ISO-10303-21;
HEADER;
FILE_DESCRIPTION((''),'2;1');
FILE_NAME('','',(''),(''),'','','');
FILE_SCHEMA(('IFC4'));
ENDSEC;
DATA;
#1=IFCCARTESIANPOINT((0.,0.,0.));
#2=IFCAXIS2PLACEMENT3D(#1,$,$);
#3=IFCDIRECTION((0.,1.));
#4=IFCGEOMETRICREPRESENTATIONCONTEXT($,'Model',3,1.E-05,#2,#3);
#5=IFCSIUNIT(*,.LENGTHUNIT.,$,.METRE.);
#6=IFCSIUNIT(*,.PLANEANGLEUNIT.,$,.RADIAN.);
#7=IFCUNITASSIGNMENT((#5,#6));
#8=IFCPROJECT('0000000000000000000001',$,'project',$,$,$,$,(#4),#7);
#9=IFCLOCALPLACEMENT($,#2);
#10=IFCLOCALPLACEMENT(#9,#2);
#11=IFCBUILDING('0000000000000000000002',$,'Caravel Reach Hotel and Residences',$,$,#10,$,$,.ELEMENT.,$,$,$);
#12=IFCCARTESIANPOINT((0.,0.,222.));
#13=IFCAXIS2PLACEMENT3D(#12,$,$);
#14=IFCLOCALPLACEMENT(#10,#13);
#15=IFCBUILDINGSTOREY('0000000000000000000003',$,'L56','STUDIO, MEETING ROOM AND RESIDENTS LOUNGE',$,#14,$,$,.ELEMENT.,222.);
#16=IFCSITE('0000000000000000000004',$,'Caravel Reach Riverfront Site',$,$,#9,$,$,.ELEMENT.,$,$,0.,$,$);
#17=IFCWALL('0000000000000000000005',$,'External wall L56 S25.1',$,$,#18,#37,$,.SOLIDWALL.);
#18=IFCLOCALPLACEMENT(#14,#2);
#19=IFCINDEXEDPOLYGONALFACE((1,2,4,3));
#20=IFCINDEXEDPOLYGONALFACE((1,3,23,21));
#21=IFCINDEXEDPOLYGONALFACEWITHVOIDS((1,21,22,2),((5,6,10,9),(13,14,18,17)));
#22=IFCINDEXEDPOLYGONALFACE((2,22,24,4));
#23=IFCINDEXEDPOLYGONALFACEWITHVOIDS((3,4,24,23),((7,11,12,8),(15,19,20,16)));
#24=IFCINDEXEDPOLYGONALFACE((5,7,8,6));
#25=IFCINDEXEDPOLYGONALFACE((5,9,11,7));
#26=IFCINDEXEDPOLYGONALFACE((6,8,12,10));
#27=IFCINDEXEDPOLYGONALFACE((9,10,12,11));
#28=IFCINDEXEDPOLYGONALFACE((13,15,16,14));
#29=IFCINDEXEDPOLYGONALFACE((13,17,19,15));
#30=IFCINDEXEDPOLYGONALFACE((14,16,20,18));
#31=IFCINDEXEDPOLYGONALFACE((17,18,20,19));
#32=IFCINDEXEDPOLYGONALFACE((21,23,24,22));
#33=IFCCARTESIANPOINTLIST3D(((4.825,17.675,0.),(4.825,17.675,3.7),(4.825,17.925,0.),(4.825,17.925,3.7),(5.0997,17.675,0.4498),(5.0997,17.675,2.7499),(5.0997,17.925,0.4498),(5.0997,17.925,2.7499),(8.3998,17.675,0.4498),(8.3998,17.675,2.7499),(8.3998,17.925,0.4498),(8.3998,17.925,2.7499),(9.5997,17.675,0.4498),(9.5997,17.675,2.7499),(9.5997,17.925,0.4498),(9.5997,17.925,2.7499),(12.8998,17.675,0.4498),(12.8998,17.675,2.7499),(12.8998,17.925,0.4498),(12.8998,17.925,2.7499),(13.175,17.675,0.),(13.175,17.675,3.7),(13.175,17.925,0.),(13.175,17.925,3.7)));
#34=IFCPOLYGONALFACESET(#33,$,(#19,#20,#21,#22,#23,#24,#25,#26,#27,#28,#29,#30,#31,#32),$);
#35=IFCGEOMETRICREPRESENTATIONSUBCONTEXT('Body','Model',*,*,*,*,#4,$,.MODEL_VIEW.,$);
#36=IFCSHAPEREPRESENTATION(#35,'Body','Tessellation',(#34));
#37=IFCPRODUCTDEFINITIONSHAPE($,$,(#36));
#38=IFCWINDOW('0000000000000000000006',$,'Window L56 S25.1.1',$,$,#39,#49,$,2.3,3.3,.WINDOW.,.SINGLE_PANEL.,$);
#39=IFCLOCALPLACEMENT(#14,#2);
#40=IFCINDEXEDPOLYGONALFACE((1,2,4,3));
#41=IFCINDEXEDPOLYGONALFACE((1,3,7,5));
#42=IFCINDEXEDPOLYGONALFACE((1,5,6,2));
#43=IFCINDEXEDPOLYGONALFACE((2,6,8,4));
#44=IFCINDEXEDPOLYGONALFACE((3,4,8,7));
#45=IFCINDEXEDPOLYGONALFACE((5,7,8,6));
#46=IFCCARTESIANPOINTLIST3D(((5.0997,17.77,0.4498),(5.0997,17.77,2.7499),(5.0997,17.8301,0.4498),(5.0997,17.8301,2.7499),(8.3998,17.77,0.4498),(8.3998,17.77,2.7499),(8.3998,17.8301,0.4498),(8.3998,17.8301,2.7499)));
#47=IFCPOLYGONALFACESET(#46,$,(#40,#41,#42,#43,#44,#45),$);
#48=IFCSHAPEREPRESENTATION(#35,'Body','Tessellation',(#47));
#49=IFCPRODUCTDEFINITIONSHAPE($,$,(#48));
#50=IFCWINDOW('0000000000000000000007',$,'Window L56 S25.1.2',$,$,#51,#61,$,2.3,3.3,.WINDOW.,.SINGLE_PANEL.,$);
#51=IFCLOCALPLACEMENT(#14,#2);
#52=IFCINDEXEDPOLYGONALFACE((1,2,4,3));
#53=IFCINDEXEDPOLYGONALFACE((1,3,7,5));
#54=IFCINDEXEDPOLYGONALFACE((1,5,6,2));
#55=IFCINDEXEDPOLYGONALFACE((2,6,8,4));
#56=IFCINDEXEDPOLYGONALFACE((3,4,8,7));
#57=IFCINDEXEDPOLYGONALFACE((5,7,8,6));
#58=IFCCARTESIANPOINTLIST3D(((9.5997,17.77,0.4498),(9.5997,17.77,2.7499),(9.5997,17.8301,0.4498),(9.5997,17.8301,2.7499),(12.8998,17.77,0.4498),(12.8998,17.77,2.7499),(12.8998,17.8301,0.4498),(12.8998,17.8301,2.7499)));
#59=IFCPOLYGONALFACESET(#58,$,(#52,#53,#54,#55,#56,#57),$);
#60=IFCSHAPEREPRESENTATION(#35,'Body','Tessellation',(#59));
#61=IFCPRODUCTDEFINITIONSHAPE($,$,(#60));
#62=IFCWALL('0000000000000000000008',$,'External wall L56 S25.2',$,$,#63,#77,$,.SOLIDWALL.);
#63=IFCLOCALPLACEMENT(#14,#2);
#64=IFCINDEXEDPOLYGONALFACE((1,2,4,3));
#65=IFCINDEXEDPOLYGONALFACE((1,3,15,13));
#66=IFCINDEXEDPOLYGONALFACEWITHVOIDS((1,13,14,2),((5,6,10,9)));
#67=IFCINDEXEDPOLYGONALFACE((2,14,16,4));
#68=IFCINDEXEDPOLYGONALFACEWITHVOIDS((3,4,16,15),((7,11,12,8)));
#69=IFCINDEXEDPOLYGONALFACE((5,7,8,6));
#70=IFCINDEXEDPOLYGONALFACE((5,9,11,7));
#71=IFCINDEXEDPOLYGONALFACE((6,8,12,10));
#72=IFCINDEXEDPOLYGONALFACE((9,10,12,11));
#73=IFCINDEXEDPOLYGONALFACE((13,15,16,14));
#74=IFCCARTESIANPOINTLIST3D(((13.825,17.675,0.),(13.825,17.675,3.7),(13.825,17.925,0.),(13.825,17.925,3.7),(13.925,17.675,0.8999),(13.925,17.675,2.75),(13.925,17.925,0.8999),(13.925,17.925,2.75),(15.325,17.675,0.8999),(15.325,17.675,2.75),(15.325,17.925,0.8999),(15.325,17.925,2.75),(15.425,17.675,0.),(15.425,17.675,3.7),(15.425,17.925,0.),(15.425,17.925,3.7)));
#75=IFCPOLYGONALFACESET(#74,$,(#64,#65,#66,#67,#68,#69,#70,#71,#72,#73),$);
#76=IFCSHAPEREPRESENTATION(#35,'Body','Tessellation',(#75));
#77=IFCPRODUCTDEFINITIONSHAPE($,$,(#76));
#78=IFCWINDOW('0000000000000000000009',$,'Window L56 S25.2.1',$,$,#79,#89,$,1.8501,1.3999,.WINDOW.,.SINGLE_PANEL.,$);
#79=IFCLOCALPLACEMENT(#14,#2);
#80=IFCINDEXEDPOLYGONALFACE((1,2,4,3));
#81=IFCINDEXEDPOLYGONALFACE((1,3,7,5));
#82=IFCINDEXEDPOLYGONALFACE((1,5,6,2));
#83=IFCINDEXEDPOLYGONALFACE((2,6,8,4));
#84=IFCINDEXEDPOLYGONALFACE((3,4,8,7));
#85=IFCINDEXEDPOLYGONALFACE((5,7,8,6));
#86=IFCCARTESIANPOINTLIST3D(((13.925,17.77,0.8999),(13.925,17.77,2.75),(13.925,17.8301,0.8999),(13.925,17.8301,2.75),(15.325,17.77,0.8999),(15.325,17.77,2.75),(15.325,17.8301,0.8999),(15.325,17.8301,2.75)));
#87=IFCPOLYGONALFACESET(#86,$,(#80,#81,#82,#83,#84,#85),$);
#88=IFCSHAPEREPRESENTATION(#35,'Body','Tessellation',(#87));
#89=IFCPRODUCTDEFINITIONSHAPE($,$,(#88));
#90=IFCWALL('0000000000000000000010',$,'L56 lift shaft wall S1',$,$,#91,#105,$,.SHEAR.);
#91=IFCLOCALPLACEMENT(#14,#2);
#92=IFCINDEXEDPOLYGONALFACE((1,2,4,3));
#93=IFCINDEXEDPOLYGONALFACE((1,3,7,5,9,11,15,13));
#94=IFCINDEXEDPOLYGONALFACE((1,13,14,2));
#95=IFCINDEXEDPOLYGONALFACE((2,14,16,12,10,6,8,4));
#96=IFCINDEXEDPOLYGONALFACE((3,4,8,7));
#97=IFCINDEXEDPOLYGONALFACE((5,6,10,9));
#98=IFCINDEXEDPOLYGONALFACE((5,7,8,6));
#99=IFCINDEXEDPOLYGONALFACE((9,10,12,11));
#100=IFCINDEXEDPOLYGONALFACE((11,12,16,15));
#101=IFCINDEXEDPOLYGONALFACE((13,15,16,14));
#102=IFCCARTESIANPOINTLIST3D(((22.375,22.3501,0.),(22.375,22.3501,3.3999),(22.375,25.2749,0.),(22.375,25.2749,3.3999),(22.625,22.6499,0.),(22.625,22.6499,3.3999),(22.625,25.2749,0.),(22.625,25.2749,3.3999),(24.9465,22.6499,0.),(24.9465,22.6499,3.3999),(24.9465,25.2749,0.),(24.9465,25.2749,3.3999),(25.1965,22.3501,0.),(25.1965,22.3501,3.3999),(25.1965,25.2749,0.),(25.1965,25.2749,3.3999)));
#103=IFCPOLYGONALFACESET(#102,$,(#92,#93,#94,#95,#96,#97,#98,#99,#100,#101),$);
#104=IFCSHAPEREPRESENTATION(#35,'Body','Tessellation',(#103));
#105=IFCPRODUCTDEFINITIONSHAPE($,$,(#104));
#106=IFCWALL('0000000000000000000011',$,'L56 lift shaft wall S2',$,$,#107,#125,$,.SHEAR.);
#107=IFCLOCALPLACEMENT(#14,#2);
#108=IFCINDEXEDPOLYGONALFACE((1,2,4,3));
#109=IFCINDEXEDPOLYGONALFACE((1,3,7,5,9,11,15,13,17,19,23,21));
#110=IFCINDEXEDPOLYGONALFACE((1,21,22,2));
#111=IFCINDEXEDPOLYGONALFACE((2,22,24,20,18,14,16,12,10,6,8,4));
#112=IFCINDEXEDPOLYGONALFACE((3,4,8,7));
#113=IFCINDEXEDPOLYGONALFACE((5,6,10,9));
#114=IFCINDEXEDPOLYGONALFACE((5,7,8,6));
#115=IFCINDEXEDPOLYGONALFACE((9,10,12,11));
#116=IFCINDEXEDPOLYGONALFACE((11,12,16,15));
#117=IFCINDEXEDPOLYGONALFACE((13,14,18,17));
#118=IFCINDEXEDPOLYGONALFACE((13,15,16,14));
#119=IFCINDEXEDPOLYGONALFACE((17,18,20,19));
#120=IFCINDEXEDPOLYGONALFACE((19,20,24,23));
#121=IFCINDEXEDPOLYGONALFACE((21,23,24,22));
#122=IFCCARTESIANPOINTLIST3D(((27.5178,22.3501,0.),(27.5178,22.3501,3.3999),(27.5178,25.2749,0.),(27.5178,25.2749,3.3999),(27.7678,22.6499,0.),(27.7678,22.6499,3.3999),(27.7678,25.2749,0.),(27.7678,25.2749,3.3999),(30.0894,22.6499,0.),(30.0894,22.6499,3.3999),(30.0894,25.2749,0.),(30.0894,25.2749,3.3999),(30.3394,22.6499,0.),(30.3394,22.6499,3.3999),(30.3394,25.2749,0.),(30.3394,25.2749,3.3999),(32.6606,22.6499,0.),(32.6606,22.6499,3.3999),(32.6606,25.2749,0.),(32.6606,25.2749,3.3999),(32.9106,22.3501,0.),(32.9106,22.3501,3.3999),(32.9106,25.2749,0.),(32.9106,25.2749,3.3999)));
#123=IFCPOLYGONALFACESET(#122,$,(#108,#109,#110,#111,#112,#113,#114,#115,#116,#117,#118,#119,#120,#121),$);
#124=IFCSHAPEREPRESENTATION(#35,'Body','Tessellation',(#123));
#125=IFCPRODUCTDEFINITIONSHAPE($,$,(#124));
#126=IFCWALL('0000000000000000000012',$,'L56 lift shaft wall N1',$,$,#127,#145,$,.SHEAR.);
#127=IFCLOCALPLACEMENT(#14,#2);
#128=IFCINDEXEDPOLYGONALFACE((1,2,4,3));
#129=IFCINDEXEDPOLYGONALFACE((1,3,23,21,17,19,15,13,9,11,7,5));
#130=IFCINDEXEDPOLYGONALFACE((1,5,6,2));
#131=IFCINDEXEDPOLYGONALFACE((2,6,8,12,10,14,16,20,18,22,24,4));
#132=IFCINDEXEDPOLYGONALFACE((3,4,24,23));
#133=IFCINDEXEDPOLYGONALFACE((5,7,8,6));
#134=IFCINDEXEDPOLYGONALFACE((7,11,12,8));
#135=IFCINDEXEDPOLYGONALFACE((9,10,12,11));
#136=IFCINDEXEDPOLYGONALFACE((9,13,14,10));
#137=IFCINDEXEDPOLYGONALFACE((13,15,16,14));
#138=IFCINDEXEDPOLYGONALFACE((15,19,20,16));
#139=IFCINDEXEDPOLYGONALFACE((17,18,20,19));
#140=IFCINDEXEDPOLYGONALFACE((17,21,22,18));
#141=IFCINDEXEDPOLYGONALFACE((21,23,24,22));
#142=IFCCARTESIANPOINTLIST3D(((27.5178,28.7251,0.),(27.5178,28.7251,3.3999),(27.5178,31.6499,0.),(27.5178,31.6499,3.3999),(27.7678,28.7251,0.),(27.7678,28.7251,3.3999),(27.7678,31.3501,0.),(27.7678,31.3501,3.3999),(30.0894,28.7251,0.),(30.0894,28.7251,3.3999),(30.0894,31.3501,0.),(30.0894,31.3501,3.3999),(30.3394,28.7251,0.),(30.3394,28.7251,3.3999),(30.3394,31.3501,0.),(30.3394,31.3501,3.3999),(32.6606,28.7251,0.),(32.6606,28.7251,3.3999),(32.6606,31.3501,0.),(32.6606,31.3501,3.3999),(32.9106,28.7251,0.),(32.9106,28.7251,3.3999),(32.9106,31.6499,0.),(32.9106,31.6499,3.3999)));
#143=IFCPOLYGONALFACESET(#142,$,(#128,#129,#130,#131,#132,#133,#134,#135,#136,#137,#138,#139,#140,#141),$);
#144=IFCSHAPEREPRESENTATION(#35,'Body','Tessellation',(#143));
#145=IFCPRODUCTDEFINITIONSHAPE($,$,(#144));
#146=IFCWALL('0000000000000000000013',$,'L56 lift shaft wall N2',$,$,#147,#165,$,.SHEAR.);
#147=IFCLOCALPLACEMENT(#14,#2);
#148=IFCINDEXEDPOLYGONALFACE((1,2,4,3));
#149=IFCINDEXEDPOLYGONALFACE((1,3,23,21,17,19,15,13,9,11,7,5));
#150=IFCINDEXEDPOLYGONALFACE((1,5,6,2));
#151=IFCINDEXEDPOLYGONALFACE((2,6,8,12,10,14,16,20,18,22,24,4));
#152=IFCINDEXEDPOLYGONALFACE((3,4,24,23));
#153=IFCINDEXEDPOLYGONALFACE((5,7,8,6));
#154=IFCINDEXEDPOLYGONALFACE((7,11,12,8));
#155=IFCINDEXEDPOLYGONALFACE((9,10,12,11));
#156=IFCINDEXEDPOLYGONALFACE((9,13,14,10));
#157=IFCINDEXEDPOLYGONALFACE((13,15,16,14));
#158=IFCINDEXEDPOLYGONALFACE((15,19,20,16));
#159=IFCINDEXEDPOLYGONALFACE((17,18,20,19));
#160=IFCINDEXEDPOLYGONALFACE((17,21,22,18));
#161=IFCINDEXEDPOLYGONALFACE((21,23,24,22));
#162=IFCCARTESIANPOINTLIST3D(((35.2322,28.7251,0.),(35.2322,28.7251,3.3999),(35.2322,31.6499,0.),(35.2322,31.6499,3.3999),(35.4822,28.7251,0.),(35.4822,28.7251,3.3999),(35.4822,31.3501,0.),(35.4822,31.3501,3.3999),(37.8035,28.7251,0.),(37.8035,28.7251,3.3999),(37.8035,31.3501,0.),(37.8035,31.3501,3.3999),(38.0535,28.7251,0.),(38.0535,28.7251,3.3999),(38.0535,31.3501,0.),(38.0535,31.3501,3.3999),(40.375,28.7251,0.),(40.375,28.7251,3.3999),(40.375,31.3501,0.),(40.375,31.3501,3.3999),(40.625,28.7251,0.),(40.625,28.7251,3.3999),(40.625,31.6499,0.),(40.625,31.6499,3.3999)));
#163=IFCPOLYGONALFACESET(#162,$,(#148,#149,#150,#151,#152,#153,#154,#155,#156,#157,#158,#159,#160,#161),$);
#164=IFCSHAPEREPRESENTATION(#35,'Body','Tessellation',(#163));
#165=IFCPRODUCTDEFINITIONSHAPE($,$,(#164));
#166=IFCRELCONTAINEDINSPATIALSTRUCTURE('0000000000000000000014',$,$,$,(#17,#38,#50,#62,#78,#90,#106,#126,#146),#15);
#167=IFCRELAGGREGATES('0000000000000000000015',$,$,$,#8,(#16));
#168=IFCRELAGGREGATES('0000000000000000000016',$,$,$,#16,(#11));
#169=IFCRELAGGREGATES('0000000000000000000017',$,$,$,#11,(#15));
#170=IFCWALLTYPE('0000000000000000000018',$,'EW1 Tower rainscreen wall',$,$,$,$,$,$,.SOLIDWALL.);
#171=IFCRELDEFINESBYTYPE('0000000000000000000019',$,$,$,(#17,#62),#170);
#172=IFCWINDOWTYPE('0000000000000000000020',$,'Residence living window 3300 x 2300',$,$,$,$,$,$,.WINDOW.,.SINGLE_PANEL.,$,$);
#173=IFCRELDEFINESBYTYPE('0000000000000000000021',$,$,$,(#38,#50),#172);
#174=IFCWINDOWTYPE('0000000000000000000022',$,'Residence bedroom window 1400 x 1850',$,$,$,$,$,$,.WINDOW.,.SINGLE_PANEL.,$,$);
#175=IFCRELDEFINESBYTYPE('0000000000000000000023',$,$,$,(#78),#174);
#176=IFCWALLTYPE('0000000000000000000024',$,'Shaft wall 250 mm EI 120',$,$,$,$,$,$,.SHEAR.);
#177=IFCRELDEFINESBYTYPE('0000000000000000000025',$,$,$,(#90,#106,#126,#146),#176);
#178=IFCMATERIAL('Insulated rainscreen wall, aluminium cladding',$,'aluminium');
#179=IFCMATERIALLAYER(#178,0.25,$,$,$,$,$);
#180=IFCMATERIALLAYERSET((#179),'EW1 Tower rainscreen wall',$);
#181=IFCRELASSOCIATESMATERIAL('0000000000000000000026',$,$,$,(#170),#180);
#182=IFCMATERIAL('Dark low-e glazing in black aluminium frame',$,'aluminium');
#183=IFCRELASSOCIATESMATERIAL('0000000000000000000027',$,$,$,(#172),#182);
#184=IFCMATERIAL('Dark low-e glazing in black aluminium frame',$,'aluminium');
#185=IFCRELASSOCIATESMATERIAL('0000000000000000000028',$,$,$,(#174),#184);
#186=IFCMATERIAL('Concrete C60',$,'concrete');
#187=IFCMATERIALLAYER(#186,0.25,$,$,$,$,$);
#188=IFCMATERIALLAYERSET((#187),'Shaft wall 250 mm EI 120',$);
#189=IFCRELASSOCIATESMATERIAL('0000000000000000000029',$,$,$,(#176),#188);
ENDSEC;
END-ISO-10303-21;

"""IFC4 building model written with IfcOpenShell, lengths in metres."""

from ifc_helpers import new_model, si_unit, direction, frame, frame_2d, origin, place, context, subcontext, project, spatial, polyline, rectangle, outline, extrude, material, layer, layer_set, type_object, element, fill, save


model = new_model("IFC4")

# Units and contexts
model_context = context("Model", 3, precision=1e-05, world=origin(), true_north=direction((0.0, 1.0)))
body_context = subcontext(model_context, "Body", "Model", "MODEL_VIEW")
ifc_project = project(units=[si_unit("LENGTHUNIT", "METRE"), si_unit("PLANEANGLEUNIT", "RADIAN")], contexts=[model_context])

# Site, building, storey
site_placement = place(None, origin())
site = spatial("IfcSite", under=ifc_project, at=site_placement, Name="Caravel Reach Riverfront Site", CompositionType="ELEMENT", RefElevation=0.0)
building_placement = place(site_placement, origin())
building = spatial("IfcBuilding", under=site, at=building_placement, Name="Caravel Reach Hotel and Residences", CompositionType="ELEMENT")
storey_placement = place(building_placement, frame((0.0, 0.0, 222.0)))
storey = spatial("IfcBuildingStorey", under=building, at=storey_placement, Name="L56", Description="STUDIO, MEETING ROOM AND RESIDENTS LOUNGE", CompositionType="ELEMENT", Elevation=222.0)

# Wall, openings, windows
ifc_material_1 = material(Name="Insulated rainscreen wall, aluminium cladding", Category="aluminium")
ifc_layer_1 = layer(ifc_material_1, 0.25)
ifc_layer_set_1 = layer_set([ifc_layer_1], Name="EW1 Tower rainscreen wall")
wall_type_1 = type_object("IfcWallType", Name="EW1 Tower rainscreen wall", PredefinedType="SOLIDWALL", material=ifc_layer_set_1)
wall_1_placement = place(storey_placement, frame((4.825, 17.8, 0.0), z_axis=(0.0, 0.0, 1.0), x_axis=(1.0, 0.0, 0.0)))
wall_1 = element("IfcWall", 1, at=wall_1_placement, inside=storey, type_object=wall_type_1, Name="External wall L56 S25.1", PredefinedType="SOLIDWALL", context=body_context, shape_type="SweptSolid", body=[
    extrude(rectangle(XDim=8.3501, YDim=0.25, at=frame_2d((4.175, 0.0))), origin(), (0.0, 0.0, 1.0), 3.7),
])
opening_1_placement = place(wall_1_placement, frame((0.2749, 0.0, 0.45)))
opening_1 = element("IfcOpeningElement", 2, at=opening_1_placement, cuts=wall_1, PredefinedType="OPENING", context=body_context, shape_type="SweptSolid", body=[
    extrude(rectangle(XDim=3.3, YDim=2.3, at=frame_2d((1.6499, 1.1499))), frame((0.0, 0.135, 0.0), z_axis=(0.0, -1.0, 0.0), x_axis=(1.0, 0.0, 0.0)), (0.0, 0.0, 1.0), 0.27),
])
opening_2_placement = place(wall_1_placement, frame((4.7749, 0.0, 0.45)))
opening_2 = element("IfcOpeningElement", 3, at=opening_2_placement, cuts=wall_1, PredefinedType="OPENING", context=body_context, shape_type="SweptSolid", body=[
    extrude(rectangle(XDim=3.3, YDim=2.3, at=frame_2d((1.6499, 1.1499))), frame((0.0, 0.135, 0.0), z_axis=(0.0, -1.0, 0.0), x_axis=(1.0, 0.0, 0.0)), (0.0, 0.0, 1.0), 0.27),
])
ifc_material_2 = material(Name="Dark low-e glazing in black aluminium frame", Category="aluminium")
window_type_1 = type_object("IfcWindowType", Name="Residence living window 3300 x 2300", PartitioningType="SINGLE_PANEL", PredefinedType="WINDOW", material=ifc_material_2)
window_1_placement = place(opening_1_placement, origin())
window_1 = element("IfcWindow", 4, at=window_1_placement, inside=storey, type_object=window_type_1, Name="Window L56 S25.1.1", OverallHeight=2.3, OverallWidth=3.3, PartitioningType="SINGLE_PANEL", PredefinedType="WINDOW", context=body_context, shape_type="SweptSolid", body=[
    extrude(rectangle(XDim=3.3, YDim=2.3, at=frame_2d((1.6499, 1.1499))), frame((0.0, 0.03, 0.0), z_axis=(0.0, -1.0, 0.0), x_axis=(1.0, 0.0, 0.0)), (0.0, 0.0, 1.0), 0.0601),
])
fill(opening_1, window_1)
window_2_placement = place(opening_2_placement, origin())
window_2 = element("IfcWindow", 5, at=window_2_placement, inside=storey, type_object=window_type_1, Name="Window L56 S25.1.2", OverallHeight=2.3, OverallWidth=3.3, PartitioningType="SINGLE_PANEL", PredefinedType="WINDOW", context=body_context, shape_type="SweptSolid", body=[
    extrude(rectangle(XDim=3.3, YDim=2.3, at=frame_2d((1.6499, 1.1499))), frame((0.0, 0.03, 0.0), z_axis=(0.0, -1.0, 0.0), x_axis=(1.0, 0.0, 0.0)), (0.0, 0.0, 1.0), 0.0601),
])
fill(opening_2, window_2)

# Wall, opening, window
wall_2_placement = place(storey_placement, frame((13.825, 17.8, 0.0), z_axis=(0.0, 0.0, 1.0), x_axis=(1.0, 0.0, 0.0)))
wall_2 = element("IfcWall", 6, at=wall_2_placement, inside=storey, type_object=wall_type_1, Name="External wall L56 S25.2", PredefinedType="SOLIDWALL", context=body_context, shape_type="SweptSolid", body=[
    extrude(rectangle(XDim=1.6001, YDim=0.25, at=frame_2d((0.8, 0.0))), origin(), (0.0, 0.0, 1.0), 3.7),
])
opening_3_placement = place(wall_2_placement, frame((0.1001, 0.0, 0.8999)))
opening_3 = element("IfcOpeningElement", 7, at=opening_3_placement, cuts=wall_2, PredefinedType="OPENING", context=body_context, shape_type="SweptSolid", body=[
    extrude(rectangle(XDim=1.3999, YDim=1.8501, at=frame_2d((0.7, 0.925))), frame((0.0, 0.135, 0.0), z_axis=(0.0, -1.0, 0.0), x_axis=(1.0, 0.0, 0.0)), (0.0, 0.0, 1.0), 0.27),
])
ifc_material_3 = material(Name="Dark low-e glazing in black aluminium frame", Category="aluminium")
window_type_2 = type_object("IfcWindowType", Name="Residence bedroom window 1400 x 1850", PartitioningType="SINGLE_PANEL", PredefinedType="WINDOW", material=ifc_material_3)
window_3_placement = place(opening_3_placement, origin())
window_3 = element("IfcWindow", 8, at=window_3_placement, inside=storey, type_object=window_type_2, Name="Window L56 S25.2.1", OverallHeight=1.8501, OverallWidth=1.3999, PartitioningType="SINGLE_PANEL", PredefinedType="WINDOW", context=body_context, shape_type="SweptSolid", body=[
    extrude(rectangle(XDim=1.3999, YDim=1.8501, at=frame_2d((0.7, 0.925))), frame((0.0, 0.03, 0.0), z_axis=(0.0, -1.0, 0.0), x_axis=(1.0, 0.0, 0.0)), (0.0, 0.0, 1.0), 0.0601),
])
fill(opening_3, window_3)

# Walls
ifc_material_4 = material(Name="Concrete C60", Category="concrete")
ifc_layer_2 = layer(ifc_material_4, 0.25)
ifc_layer_set_2 = layer_set([ifc_layer_2], Name="Shaft wall 250 mm EI 120")
wall_type_2 = type_object("IfcWallType", Name="Shaft wall 250 mm EI 120", PredefinedType="SHEAR", material=ifc_layer_set_2)
wall_3_placement = place(storey_placement, origin())
element("IfcWall", 9, at=wall_3_placement, inside=storey, type_object=wall_type_2, Name="L56 lift shaft wall S1", PredefinedType="SHEAR", context=body_context, shape_type="SweptSolid", body=[
    extrude(outline(polyline([(22.375, 22.3501), (25.1965, 22.3501), (25.1965, 25.2749), (24.9465, 25.2749), (24.9465, 22.6499), (22.625, 22.6499), (22.625, 25.2749), (22.375, 25.2749), (22.375, 22.3501)])), origin(), (0.0, 0.0, 1.0), 3.3999),
])
wall_4_placement = place(storey_placement, origin())
element("IfcWall", 10, at=wall_4_placement, inside=storey, type_object=wall_type_2, Name="L56 lift shaft wall S2", PredefinedType="SHEAR", context=body_context, shape_type="SweptSolid", body=[
    extrude(outline(polyline([(27.5178, 22.3501), (32.9106, 22.3501), (32.9106, 25.2749), (32.6606, 25.2749), (32.6606, 22.6499), (30.3394, 22.6499), (30.3394, 25.2749), (30.0894, 25.2749), (30.0894, 22.6499), (27.7678, 22.6499), (27.7678, 25.2749), (27.5178, 25.2749), (27.5178, 22.3501)])), origin(), (0.0, 0.0, 1.0), 3.3999),
])
wall_5_placement = place(storey_placement, origin())
element("IfcWall", 11, at=wall_5_placement, inside=storey, type_object=wall_type_2, Name="L56 lift shaft wall N1", PredefinedType="SHEAR", context=body_context, shape_type="SweptSolid", body=[
    extrude(outline(polyline([(27.5178, 28.7251), (27.7678, 28.7251), (27.7678, 31.3501), (30.0894, 31.3501), (30.0894, 28.7251), (30.3394, 28.7251), (30.3394, 31.3501), (32.6606, 31.3501), (32.6606, 28.7251), (32.9106, 28.7251), (32.9106, 31.6499), (27.5178, 31.6499), (27.5178, 28.7251)])), origin(), (0.0, 0.0, 1.0), 3.3999),
])
wall_6_placement = place(storey_placement, origin())
element("IfcWall", 12, at=wall_6_placement, inside=storey, type_object=wall_type_2, Name="L56 lift shaft wall N2", PredefinedType="SHEAR", context=body_context, shape_type="SweptSolid", body=[
    extrude(outline(polyline([(35.2322, 28.7251), (35.4822, 28.7251), (35.4822, 31.3501), (37.8035, 31.3501), (37.8035, 28.7251), (38.0535, 28.7251), (38.0535, 31.3501), (40.375, 31.3501), (40.375, 28.7251), (40.625, 28.7251), (40.625, 31.6499), (35.2322, 31.6499), (35.2322, 28.7251)])), origin(), (0.0, 0.0, 1.0), 3.3999),
])

save(model, "model.ifc")
